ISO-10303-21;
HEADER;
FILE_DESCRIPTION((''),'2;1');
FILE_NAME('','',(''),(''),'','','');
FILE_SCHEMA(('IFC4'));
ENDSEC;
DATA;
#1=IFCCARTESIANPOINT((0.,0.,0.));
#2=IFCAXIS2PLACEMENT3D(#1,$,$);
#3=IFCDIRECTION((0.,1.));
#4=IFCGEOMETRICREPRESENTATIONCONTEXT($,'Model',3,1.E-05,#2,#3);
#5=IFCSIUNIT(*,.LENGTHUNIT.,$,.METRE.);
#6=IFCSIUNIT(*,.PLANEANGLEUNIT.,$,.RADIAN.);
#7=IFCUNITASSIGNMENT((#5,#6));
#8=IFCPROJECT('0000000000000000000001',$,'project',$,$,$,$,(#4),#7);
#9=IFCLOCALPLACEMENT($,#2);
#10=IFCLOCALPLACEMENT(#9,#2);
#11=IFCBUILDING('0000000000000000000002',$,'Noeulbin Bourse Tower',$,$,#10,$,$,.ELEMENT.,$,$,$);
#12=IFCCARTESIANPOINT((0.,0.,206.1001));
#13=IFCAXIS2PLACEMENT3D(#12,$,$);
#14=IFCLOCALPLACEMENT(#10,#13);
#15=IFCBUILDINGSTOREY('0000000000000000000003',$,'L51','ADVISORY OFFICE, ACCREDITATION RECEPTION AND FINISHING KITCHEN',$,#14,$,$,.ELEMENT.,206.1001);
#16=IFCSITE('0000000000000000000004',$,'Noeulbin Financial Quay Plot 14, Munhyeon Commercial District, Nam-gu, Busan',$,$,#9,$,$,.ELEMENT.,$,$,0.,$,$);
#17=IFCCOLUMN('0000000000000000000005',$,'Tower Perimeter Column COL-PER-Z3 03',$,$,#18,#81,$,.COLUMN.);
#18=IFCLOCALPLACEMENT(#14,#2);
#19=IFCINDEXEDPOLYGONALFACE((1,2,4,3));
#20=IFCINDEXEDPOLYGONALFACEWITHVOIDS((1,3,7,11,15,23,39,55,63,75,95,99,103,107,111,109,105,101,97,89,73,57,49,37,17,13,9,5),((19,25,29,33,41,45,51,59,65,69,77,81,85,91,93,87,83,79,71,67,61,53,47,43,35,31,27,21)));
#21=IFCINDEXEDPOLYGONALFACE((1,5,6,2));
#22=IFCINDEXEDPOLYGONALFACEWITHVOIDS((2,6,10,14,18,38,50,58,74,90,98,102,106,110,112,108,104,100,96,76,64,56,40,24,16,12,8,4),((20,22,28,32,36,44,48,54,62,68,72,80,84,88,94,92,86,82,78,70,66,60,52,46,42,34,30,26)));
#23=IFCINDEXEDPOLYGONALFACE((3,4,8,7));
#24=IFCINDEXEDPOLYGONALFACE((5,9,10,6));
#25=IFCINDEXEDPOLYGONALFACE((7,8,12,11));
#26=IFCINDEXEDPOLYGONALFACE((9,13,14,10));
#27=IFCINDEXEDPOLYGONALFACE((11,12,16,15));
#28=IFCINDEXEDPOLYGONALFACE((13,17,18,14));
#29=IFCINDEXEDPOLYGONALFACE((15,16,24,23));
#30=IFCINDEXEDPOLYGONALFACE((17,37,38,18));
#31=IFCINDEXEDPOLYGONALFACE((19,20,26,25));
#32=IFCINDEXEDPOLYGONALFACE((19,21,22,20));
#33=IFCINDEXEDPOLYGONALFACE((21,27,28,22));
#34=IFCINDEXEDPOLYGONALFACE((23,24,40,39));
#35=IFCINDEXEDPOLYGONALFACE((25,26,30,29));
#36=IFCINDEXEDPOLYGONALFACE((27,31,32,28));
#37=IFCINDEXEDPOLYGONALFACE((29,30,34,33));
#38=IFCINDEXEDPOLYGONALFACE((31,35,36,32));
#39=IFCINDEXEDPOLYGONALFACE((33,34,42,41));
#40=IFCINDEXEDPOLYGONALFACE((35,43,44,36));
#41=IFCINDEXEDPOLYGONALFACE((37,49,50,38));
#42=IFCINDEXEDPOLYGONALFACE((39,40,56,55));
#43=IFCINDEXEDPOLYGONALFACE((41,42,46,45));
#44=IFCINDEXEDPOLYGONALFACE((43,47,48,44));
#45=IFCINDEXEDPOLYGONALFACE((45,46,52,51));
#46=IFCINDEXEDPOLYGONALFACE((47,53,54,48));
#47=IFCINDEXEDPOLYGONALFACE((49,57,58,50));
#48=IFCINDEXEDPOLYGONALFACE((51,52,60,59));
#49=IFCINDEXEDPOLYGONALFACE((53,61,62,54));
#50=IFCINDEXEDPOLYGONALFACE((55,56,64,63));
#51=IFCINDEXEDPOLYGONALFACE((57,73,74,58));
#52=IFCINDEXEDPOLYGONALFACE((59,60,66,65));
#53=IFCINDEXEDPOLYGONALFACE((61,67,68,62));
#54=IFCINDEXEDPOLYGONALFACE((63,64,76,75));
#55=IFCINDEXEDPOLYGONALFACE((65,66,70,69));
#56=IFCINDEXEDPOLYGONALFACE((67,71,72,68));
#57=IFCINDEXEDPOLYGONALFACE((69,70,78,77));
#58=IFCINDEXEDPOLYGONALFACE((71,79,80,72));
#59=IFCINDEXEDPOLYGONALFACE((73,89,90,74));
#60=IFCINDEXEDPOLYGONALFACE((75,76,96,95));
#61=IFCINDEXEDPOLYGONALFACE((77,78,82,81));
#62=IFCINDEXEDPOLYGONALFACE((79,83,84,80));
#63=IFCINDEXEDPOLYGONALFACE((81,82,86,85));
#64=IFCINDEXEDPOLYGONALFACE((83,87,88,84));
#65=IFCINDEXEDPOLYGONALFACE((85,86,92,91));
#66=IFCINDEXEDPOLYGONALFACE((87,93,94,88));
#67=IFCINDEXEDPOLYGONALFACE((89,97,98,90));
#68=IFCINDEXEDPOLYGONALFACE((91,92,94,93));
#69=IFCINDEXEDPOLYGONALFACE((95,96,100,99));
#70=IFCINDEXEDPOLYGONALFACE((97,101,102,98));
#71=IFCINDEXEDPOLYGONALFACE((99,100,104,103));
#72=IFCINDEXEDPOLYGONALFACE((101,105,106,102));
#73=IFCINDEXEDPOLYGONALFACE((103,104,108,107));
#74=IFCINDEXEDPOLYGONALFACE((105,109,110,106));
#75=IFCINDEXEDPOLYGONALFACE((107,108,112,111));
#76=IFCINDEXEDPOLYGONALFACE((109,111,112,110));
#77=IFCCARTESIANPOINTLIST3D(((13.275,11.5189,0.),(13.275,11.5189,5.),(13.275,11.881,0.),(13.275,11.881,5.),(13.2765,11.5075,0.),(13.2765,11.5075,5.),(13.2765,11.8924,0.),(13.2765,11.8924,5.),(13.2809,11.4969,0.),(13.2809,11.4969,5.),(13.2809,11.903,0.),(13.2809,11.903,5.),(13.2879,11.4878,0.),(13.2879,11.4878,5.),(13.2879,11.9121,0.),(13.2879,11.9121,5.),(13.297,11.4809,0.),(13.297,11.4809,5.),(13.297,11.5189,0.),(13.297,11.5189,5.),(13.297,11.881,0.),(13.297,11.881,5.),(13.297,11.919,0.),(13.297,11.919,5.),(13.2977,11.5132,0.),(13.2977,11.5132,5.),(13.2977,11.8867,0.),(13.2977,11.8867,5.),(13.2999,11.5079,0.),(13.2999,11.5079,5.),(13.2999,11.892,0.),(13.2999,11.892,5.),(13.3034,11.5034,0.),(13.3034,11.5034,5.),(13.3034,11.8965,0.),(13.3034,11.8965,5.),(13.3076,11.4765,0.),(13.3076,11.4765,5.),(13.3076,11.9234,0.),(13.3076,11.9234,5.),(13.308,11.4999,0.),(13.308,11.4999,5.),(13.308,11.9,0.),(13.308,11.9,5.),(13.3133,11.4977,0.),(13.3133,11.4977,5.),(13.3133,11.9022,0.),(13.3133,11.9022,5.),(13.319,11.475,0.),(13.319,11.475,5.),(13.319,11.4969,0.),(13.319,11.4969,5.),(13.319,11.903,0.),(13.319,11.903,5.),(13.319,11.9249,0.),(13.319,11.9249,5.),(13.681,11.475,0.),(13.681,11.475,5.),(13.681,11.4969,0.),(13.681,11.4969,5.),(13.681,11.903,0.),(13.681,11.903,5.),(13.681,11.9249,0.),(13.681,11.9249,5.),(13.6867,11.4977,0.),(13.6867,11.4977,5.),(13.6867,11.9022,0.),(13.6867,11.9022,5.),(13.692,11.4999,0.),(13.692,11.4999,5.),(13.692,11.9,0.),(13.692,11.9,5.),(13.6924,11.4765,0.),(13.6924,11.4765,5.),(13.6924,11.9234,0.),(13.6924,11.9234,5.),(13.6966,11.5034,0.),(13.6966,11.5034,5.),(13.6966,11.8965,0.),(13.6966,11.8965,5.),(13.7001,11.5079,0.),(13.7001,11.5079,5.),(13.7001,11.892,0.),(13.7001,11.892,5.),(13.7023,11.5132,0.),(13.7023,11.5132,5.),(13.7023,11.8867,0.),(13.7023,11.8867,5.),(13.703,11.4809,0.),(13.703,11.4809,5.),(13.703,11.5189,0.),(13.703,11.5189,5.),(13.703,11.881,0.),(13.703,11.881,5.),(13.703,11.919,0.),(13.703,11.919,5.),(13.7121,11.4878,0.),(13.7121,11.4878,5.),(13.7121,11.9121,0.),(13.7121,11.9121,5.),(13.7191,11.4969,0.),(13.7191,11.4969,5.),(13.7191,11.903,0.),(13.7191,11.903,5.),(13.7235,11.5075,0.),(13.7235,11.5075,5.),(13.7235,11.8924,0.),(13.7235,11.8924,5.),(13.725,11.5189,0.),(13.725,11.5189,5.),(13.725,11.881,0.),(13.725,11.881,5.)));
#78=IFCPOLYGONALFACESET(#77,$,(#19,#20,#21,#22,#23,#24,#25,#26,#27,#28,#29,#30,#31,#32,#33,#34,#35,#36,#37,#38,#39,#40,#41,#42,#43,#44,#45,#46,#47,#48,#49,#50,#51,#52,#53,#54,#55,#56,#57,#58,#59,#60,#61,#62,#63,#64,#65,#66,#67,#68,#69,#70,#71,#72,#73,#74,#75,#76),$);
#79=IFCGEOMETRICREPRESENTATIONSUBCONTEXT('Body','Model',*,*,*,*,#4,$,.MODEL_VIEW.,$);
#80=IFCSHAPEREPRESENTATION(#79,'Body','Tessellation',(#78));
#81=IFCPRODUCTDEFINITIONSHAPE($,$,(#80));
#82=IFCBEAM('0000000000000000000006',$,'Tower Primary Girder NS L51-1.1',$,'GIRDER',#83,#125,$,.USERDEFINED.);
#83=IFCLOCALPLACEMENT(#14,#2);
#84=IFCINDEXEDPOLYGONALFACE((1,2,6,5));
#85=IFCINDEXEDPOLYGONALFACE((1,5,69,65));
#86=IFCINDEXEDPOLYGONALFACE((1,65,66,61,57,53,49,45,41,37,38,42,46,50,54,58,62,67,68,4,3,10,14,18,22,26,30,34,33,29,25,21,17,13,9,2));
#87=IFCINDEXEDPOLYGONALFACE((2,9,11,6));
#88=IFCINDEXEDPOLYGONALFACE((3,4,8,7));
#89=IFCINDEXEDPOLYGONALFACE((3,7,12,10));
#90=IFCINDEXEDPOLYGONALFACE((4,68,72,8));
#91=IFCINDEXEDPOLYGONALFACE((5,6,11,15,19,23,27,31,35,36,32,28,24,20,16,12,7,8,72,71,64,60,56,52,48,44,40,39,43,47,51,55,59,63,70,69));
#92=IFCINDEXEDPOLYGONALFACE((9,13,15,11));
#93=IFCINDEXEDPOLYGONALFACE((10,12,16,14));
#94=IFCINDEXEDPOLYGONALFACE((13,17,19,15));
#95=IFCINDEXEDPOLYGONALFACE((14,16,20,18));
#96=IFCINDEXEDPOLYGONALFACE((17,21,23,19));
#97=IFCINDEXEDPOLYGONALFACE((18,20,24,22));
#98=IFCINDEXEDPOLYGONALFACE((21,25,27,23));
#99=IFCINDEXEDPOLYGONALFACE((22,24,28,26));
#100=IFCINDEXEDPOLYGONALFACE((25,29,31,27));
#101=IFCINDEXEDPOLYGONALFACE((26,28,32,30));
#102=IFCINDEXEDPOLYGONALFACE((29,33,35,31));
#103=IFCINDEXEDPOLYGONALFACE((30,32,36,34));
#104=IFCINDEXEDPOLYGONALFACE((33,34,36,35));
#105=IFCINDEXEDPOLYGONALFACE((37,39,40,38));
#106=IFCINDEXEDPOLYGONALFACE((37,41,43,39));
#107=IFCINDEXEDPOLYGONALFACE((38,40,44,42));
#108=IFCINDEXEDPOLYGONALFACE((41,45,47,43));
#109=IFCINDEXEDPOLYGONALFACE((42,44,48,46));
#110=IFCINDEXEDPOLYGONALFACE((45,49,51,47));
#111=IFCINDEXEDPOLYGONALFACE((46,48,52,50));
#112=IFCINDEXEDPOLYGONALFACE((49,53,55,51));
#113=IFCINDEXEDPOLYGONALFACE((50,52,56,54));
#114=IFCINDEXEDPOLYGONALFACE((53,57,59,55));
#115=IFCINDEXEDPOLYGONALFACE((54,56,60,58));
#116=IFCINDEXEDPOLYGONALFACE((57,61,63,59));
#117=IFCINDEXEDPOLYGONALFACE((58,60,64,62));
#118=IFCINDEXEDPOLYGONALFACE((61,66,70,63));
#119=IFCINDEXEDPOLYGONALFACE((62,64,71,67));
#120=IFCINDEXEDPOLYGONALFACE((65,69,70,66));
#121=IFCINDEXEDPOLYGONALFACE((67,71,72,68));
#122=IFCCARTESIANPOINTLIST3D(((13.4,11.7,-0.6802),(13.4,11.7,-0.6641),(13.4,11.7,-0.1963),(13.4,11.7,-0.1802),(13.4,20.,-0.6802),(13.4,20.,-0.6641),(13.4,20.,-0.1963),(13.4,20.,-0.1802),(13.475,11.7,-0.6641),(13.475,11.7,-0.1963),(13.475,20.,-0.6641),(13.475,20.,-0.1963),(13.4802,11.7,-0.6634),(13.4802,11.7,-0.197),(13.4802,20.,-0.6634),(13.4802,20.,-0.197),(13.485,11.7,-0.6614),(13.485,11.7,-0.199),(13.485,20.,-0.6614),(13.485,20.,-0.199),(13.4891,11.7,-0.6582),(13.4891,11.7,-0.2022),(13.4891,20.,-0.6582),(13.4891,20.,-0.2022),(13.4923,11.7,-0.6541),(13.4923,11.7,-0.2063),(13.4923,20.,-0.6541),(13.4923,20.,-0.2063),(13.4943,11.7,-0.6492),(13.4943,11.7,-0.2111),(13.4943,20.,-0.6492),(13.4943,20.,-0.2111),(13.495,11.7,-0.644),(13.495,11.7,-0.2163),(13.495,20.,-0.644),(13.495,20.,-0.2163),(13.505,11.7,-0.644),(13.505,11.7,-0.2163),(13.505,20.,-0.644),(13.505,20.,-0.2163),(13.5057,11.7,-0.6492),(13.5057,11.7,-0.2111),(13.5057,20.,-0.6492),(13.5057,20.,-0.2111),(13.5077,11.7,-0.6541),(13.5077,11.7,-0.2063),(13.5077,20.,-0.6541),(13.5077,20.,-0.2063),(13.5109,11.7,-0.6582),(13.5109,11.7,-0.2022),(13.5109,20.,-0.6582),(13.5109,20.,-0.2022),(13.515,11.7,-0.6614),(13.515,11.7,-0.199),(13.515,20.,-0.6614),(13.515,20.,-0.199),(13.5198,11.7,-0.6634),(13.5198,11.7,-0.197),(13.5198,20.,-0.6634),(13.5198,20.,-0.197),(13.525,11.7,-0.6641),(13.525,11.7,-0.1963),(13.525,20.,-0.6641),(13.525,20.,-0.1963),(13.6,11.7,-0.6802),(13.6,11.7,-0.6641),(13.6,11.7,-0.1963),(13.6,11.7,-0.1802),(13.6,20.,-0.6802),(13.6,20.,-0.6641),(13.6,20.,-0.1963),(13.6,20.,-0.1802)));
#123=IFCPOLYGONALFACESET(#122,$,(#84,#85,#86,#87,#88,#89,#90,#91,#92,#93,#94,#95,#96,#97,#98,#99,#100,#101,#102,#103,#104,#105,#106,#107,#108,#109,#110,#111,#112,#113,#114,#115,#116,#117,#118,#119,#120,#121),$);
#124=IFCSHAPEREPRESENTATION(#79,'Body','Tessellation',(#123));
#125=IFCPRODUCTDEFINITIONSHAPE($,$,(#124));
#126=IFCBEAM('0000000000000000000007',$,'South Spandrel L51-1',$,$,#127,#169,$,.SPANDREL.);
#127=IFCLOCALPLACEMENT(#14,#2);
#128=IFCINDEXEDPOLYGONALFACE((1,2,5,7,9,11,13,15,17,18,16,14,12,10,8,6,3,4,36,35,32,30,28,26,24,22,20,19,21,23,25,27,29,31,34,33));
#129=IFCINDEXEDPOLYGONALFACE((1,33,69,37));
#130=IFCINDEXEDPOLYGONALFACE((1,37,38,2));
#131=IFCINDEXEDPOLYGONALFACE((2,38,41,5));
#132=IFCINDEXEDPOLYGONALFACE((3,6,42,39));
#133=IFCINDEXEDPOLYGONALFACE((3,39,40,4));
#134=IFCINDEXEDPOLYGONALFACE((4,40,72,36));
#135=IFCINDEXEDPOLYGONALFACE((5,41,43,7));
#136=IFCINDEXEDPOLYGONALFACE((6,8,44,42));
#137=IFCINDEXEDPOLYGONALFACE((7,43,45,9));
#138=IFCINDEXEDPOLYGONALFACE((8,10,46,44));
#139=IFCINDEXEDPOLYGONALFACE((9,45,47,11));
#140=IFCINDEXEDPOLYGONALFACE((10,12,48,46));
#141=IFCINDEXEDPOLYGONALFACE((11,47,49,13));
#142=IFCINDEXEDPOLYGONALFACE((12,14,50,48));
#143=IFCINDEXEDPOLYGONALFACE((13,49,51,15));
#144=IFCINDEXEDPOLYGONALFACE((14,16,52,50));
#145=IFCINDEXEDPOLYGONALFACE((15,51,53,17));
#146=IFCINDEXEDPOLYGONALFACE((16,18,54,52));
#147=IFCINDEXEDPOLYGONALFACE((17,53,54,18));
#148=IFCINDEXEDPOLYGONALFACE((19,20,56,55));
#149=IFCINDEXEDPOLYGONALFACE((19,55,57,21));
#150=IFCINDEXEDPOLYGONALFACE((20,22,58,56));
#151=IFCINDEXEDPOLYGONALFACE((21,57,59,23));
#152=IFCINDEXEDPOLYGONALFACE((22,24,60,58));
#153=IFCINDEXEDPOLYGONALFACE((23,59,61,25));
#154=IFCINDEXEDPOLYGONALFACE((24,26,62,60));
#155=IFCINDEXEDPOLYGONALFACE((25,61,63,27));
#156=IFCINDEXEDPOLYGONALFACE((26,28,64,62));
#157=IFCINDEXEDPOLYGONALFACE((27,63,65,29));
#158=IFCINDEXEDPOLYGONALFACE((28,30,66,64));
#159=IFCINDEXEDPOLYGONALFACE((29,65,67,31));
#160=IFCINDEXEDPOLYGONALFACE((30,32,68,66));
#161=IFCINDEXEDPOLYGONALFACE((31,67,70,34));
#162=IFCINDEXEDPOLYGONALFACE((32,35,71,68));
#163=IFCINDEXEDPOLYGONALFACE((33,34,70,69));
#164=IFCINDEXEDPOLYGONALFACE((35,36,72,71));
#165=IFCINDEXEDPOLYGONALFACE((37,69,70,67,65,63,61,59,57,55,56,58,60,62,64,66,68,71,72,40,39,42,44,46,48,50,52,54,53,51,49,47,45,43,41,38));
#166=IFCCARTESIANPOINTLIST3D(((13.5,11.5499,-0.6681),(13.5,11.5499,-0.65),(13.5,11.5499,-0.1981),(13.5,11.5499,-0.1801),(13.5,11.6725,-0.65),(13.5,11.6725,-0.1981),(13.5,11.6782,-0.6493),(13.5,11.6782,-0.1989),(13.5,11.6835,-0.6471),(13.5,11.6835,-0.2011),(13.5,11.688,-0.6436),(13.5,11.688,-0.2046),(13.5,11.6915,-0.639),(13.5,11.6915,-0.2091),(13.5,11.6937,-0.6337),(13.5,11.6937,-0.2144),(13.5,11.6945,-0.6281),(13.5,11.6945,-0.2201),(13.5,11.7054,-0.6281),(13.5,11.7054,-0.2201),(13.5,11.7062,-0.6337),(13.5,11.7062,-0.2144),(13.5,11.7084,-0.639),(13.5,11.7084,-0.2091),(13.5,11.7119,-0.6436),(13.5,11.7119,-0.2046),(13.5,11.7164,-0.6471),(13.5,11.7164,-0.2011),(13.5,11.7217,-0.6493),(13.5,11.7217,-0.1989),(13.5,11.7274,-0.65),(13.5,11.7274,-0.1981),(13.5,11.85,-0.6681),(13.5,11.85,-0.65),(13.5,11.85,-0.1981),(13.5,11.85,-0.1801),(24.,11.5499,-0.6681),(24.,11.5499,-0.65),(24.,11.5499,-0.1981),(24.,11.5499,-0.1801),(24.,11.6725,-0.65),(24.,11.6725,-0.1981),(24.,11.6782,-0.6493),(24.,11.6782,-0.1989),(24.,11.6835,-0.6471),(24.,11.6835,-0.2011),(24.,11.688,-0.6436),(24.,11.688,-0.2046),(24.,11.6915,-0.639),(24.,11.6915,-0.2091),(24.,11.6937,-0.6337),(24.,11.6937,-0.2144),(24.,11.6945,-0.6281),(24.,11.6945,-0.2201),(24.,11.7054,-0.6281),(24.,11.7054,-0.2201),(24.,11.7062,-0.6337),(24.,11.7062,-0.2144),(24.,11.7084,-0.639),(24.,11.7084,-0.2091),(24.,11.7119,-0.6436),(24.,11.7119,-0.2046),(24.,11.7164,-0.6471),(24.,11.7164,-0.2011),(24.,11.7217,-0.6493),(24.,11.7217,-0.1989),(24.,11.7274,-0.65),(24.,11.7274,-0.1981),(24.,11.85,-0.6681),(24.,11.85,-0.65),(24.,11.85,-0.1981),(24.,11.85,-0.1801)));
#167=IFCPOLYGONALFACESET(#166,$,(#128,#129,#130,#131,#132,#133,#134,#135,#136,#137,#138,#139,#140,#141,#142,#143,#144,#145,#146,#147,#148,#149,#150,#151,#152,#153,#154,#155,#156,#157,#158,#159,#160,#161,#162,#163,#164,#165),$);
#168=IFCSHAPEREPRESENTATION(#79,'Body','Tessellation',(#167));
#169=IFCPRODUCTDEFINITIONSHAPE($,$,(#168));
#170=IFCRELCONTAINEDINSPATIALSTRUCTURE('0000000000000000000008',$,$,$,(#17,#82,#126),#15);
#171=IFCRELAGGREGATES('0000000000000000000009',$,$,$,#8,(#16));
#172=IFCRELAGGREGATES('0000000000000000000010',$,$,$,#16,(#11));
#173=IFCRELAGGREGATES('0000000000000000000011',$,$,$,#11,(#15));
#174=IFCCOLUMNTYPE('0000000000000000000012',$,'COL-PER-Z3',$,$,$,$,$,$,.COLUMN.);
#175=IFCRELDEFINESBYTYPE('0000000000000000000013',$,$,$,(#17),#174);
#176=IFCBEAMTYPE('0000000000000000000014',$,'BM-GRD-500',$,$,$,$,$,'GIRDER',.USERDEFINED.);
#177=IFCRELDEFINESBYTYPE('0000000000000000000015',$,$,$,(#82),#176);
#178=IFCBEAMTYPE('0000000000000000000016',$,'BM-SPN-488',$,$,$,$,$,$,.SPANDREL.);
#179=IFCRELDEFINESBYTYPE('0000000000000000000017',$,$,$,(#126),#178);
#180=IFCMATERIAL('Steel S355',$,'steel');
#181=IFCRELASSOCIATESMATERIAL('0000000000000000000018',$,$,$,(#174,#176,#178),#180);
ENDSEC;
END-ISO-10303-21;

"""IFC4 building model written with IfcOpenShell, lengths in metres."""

from ifc_helpers import new_model, si_unit, direction, frame, origin, origin_2d, place, context, subcontext, project, spatial, hollow_rectangle, i_section, extrude, material, material_profile, profile_set, type_object, element, save


model = new_model("IFC4")

# Units and contexts
model_context = context("Model", 3, precision=1e-05, world=origin(), true_north=direction((0.0, 1.0)))
body_context = subcontext(model_context, "Body", "Model", "MODEL_VIEW")
ifc_project = project(units=[si_unit("LENGTHUNIT", "METRE"), si_unit("PLANEANGLEUNIT", "RADIAN")], contexts=[model_context])

# Site, building, storey
site_placement = place(None, origin())
site = spatial("IfcSite", under=ifc_project, at=site_placement, Name="Noeulbin Financial Quay Plot 14, Munhyeon Commercial District, Nam-gu, Busan", CompositionType="ELEMENT", RefElevation=0.0)
building_placement = place(site_placement, origin())
building = spatial("IfcBuilding", under=site, at=building_placement, Name="Noeulbin Bourse Tower", CompositionType="ELEMENT")
storey_placement = place(building_placement, frame((0.0, 0.0, 206.1001)))
storey = spatial("IfcBuildingStorey", under=building, at=storey_placement, Name="L51", Description="ADVISORY OFFICE, ACCREDITATION RECEPTION AND FINISHING KITCHEN", CompositionType="ELEMENT", Elevation=206.1001)

# Column
ifc_material_1 = material(Name="Steel S355", Category="steel")
ifc_material_profile_1 = material_profile(ifc_material_1, hollow_rectangle(XDim=0.45, YDim=0.45, WallThickness=0.022, InnerFilletRadius=0.022, OuterFilletRadius=0.0439, at=origin_2d()), Name="SHS-450x450x22", Category="LoadBearing")
ifc_profile_set_1 = profile_set([ifc_material_profile_1], Name="Steel S355")
column_type = type_object("IfcColumnType", Name="COL-PER-Z3", PredefinedType="COLUMN", material=ifc_profile_set_1)
column_placement = place(storey_placement, frame((13.5, 11.7, 0.0), z_axis=(0.0, 0.0, 1.0), x_axis=(1.0, 0.0, 0.0)))
element("IfcColumn", 1, at=column_placement, inside=storey, type_object=column_type, Name="Tower Perimeter Column COL-PER-Z3 03", PredefinedType="COLUMN", context=body_context, shape_type="SweptSolid", body=[
    extrude(hollow_rectangle(XDim=0.45, YDim=0.45, WallThickness=0.022, InnerFilletRadius=0.022, OuterFilletRadius=0.0439, at=origin_2d()), origin(), (0.0, 0.0, 1.0), 5.0),
])

# Beams
ifc_material_profile_2 = material_profile(ifc_material_1, i_section(OverallWidth=0.2, OverallDepth=0.5, WebThickness=0.01, FlangeThickness=0.0161, FilletRadius=0.02, at=origin_2d()), Name="H-500x200x10x16", Category="LoadBearing")
ifc_profile_set_2 = profile_set([ifc_material_profile_2], Name="Steel S355")
beam_type_1 = type_object("IfcBeamType", Name="BM-GRD-500", ElementType="GIRDER", PredefinedType="USERDEFINED", material=ifc_profile_set_2)
beam_1_placement = place(storey_placement, frame((13.5, 11.7, -0.4302), z_axis=(0.0, 1.0, 0.0), x_axis=(-1.0, 0.0, 0.0)))
element("IfcBeam", 2, at=beam_1_placement, inside=storey, type_object=beam_type_1, Name="Tower Primary Girder NS L51-1.1", ObjectType="GIRDER", PredefinedType="USERDEFINED", context=body_context, shape_type="SweptSolid", body=[
    extrude(i_section(OverallWidth=0.2, OverallDepth=0.5, WebThickness=0.01, FlangeThickness=0.0161, FilletRadius=0.02, at=origin_2d()), origin(), (0.0, 0.0, 1.0), 8.3),
])
ifc_material_profile_3 = material_profile(ifc_material_1, i_section(OverallWidth=0.3, OverallDepth=0.488, WebThickness=0.011, FlangeThickness=0.0181, FilletRadius=0.022, at=origin_2d()), Name="H-488x300x11x18", Category="LoadBearing")
ifc_profile_set_3 = profile_set([ifc_material_profile_3], Name="Steel S355")
beam_type_2 = type_object("IfcBeamType", Name="BM-SPN-488", PredefinedType="SPANDREL", material=ifc_profile_set_3)
beam_2_placement = place(storey_placement, frame((13.5, 11.7, -0.4241), z_axis=(1.0, 0.0, 0.0), x_axis=(0.0, 1.0, 0.0)))
element("IfcBeam", 3, at=beam_2_placement, inside=storey, type_object=beam_type_2, Name="South Spandrel L51-1", PredefinedType="SPANDREL", context=body_context, shape_type="SweptSolid", body=[
    extrude(i_section(OverallWidth=0.3, OverallDepth=0.488, WebThickness=0.011, FlangeThickness=0.0181, FilletRadius=0.022, at=origin_2d()), origin(), (0.0, 0.0, 1.0), 10.5),
])

save(model, "model.ifc")
